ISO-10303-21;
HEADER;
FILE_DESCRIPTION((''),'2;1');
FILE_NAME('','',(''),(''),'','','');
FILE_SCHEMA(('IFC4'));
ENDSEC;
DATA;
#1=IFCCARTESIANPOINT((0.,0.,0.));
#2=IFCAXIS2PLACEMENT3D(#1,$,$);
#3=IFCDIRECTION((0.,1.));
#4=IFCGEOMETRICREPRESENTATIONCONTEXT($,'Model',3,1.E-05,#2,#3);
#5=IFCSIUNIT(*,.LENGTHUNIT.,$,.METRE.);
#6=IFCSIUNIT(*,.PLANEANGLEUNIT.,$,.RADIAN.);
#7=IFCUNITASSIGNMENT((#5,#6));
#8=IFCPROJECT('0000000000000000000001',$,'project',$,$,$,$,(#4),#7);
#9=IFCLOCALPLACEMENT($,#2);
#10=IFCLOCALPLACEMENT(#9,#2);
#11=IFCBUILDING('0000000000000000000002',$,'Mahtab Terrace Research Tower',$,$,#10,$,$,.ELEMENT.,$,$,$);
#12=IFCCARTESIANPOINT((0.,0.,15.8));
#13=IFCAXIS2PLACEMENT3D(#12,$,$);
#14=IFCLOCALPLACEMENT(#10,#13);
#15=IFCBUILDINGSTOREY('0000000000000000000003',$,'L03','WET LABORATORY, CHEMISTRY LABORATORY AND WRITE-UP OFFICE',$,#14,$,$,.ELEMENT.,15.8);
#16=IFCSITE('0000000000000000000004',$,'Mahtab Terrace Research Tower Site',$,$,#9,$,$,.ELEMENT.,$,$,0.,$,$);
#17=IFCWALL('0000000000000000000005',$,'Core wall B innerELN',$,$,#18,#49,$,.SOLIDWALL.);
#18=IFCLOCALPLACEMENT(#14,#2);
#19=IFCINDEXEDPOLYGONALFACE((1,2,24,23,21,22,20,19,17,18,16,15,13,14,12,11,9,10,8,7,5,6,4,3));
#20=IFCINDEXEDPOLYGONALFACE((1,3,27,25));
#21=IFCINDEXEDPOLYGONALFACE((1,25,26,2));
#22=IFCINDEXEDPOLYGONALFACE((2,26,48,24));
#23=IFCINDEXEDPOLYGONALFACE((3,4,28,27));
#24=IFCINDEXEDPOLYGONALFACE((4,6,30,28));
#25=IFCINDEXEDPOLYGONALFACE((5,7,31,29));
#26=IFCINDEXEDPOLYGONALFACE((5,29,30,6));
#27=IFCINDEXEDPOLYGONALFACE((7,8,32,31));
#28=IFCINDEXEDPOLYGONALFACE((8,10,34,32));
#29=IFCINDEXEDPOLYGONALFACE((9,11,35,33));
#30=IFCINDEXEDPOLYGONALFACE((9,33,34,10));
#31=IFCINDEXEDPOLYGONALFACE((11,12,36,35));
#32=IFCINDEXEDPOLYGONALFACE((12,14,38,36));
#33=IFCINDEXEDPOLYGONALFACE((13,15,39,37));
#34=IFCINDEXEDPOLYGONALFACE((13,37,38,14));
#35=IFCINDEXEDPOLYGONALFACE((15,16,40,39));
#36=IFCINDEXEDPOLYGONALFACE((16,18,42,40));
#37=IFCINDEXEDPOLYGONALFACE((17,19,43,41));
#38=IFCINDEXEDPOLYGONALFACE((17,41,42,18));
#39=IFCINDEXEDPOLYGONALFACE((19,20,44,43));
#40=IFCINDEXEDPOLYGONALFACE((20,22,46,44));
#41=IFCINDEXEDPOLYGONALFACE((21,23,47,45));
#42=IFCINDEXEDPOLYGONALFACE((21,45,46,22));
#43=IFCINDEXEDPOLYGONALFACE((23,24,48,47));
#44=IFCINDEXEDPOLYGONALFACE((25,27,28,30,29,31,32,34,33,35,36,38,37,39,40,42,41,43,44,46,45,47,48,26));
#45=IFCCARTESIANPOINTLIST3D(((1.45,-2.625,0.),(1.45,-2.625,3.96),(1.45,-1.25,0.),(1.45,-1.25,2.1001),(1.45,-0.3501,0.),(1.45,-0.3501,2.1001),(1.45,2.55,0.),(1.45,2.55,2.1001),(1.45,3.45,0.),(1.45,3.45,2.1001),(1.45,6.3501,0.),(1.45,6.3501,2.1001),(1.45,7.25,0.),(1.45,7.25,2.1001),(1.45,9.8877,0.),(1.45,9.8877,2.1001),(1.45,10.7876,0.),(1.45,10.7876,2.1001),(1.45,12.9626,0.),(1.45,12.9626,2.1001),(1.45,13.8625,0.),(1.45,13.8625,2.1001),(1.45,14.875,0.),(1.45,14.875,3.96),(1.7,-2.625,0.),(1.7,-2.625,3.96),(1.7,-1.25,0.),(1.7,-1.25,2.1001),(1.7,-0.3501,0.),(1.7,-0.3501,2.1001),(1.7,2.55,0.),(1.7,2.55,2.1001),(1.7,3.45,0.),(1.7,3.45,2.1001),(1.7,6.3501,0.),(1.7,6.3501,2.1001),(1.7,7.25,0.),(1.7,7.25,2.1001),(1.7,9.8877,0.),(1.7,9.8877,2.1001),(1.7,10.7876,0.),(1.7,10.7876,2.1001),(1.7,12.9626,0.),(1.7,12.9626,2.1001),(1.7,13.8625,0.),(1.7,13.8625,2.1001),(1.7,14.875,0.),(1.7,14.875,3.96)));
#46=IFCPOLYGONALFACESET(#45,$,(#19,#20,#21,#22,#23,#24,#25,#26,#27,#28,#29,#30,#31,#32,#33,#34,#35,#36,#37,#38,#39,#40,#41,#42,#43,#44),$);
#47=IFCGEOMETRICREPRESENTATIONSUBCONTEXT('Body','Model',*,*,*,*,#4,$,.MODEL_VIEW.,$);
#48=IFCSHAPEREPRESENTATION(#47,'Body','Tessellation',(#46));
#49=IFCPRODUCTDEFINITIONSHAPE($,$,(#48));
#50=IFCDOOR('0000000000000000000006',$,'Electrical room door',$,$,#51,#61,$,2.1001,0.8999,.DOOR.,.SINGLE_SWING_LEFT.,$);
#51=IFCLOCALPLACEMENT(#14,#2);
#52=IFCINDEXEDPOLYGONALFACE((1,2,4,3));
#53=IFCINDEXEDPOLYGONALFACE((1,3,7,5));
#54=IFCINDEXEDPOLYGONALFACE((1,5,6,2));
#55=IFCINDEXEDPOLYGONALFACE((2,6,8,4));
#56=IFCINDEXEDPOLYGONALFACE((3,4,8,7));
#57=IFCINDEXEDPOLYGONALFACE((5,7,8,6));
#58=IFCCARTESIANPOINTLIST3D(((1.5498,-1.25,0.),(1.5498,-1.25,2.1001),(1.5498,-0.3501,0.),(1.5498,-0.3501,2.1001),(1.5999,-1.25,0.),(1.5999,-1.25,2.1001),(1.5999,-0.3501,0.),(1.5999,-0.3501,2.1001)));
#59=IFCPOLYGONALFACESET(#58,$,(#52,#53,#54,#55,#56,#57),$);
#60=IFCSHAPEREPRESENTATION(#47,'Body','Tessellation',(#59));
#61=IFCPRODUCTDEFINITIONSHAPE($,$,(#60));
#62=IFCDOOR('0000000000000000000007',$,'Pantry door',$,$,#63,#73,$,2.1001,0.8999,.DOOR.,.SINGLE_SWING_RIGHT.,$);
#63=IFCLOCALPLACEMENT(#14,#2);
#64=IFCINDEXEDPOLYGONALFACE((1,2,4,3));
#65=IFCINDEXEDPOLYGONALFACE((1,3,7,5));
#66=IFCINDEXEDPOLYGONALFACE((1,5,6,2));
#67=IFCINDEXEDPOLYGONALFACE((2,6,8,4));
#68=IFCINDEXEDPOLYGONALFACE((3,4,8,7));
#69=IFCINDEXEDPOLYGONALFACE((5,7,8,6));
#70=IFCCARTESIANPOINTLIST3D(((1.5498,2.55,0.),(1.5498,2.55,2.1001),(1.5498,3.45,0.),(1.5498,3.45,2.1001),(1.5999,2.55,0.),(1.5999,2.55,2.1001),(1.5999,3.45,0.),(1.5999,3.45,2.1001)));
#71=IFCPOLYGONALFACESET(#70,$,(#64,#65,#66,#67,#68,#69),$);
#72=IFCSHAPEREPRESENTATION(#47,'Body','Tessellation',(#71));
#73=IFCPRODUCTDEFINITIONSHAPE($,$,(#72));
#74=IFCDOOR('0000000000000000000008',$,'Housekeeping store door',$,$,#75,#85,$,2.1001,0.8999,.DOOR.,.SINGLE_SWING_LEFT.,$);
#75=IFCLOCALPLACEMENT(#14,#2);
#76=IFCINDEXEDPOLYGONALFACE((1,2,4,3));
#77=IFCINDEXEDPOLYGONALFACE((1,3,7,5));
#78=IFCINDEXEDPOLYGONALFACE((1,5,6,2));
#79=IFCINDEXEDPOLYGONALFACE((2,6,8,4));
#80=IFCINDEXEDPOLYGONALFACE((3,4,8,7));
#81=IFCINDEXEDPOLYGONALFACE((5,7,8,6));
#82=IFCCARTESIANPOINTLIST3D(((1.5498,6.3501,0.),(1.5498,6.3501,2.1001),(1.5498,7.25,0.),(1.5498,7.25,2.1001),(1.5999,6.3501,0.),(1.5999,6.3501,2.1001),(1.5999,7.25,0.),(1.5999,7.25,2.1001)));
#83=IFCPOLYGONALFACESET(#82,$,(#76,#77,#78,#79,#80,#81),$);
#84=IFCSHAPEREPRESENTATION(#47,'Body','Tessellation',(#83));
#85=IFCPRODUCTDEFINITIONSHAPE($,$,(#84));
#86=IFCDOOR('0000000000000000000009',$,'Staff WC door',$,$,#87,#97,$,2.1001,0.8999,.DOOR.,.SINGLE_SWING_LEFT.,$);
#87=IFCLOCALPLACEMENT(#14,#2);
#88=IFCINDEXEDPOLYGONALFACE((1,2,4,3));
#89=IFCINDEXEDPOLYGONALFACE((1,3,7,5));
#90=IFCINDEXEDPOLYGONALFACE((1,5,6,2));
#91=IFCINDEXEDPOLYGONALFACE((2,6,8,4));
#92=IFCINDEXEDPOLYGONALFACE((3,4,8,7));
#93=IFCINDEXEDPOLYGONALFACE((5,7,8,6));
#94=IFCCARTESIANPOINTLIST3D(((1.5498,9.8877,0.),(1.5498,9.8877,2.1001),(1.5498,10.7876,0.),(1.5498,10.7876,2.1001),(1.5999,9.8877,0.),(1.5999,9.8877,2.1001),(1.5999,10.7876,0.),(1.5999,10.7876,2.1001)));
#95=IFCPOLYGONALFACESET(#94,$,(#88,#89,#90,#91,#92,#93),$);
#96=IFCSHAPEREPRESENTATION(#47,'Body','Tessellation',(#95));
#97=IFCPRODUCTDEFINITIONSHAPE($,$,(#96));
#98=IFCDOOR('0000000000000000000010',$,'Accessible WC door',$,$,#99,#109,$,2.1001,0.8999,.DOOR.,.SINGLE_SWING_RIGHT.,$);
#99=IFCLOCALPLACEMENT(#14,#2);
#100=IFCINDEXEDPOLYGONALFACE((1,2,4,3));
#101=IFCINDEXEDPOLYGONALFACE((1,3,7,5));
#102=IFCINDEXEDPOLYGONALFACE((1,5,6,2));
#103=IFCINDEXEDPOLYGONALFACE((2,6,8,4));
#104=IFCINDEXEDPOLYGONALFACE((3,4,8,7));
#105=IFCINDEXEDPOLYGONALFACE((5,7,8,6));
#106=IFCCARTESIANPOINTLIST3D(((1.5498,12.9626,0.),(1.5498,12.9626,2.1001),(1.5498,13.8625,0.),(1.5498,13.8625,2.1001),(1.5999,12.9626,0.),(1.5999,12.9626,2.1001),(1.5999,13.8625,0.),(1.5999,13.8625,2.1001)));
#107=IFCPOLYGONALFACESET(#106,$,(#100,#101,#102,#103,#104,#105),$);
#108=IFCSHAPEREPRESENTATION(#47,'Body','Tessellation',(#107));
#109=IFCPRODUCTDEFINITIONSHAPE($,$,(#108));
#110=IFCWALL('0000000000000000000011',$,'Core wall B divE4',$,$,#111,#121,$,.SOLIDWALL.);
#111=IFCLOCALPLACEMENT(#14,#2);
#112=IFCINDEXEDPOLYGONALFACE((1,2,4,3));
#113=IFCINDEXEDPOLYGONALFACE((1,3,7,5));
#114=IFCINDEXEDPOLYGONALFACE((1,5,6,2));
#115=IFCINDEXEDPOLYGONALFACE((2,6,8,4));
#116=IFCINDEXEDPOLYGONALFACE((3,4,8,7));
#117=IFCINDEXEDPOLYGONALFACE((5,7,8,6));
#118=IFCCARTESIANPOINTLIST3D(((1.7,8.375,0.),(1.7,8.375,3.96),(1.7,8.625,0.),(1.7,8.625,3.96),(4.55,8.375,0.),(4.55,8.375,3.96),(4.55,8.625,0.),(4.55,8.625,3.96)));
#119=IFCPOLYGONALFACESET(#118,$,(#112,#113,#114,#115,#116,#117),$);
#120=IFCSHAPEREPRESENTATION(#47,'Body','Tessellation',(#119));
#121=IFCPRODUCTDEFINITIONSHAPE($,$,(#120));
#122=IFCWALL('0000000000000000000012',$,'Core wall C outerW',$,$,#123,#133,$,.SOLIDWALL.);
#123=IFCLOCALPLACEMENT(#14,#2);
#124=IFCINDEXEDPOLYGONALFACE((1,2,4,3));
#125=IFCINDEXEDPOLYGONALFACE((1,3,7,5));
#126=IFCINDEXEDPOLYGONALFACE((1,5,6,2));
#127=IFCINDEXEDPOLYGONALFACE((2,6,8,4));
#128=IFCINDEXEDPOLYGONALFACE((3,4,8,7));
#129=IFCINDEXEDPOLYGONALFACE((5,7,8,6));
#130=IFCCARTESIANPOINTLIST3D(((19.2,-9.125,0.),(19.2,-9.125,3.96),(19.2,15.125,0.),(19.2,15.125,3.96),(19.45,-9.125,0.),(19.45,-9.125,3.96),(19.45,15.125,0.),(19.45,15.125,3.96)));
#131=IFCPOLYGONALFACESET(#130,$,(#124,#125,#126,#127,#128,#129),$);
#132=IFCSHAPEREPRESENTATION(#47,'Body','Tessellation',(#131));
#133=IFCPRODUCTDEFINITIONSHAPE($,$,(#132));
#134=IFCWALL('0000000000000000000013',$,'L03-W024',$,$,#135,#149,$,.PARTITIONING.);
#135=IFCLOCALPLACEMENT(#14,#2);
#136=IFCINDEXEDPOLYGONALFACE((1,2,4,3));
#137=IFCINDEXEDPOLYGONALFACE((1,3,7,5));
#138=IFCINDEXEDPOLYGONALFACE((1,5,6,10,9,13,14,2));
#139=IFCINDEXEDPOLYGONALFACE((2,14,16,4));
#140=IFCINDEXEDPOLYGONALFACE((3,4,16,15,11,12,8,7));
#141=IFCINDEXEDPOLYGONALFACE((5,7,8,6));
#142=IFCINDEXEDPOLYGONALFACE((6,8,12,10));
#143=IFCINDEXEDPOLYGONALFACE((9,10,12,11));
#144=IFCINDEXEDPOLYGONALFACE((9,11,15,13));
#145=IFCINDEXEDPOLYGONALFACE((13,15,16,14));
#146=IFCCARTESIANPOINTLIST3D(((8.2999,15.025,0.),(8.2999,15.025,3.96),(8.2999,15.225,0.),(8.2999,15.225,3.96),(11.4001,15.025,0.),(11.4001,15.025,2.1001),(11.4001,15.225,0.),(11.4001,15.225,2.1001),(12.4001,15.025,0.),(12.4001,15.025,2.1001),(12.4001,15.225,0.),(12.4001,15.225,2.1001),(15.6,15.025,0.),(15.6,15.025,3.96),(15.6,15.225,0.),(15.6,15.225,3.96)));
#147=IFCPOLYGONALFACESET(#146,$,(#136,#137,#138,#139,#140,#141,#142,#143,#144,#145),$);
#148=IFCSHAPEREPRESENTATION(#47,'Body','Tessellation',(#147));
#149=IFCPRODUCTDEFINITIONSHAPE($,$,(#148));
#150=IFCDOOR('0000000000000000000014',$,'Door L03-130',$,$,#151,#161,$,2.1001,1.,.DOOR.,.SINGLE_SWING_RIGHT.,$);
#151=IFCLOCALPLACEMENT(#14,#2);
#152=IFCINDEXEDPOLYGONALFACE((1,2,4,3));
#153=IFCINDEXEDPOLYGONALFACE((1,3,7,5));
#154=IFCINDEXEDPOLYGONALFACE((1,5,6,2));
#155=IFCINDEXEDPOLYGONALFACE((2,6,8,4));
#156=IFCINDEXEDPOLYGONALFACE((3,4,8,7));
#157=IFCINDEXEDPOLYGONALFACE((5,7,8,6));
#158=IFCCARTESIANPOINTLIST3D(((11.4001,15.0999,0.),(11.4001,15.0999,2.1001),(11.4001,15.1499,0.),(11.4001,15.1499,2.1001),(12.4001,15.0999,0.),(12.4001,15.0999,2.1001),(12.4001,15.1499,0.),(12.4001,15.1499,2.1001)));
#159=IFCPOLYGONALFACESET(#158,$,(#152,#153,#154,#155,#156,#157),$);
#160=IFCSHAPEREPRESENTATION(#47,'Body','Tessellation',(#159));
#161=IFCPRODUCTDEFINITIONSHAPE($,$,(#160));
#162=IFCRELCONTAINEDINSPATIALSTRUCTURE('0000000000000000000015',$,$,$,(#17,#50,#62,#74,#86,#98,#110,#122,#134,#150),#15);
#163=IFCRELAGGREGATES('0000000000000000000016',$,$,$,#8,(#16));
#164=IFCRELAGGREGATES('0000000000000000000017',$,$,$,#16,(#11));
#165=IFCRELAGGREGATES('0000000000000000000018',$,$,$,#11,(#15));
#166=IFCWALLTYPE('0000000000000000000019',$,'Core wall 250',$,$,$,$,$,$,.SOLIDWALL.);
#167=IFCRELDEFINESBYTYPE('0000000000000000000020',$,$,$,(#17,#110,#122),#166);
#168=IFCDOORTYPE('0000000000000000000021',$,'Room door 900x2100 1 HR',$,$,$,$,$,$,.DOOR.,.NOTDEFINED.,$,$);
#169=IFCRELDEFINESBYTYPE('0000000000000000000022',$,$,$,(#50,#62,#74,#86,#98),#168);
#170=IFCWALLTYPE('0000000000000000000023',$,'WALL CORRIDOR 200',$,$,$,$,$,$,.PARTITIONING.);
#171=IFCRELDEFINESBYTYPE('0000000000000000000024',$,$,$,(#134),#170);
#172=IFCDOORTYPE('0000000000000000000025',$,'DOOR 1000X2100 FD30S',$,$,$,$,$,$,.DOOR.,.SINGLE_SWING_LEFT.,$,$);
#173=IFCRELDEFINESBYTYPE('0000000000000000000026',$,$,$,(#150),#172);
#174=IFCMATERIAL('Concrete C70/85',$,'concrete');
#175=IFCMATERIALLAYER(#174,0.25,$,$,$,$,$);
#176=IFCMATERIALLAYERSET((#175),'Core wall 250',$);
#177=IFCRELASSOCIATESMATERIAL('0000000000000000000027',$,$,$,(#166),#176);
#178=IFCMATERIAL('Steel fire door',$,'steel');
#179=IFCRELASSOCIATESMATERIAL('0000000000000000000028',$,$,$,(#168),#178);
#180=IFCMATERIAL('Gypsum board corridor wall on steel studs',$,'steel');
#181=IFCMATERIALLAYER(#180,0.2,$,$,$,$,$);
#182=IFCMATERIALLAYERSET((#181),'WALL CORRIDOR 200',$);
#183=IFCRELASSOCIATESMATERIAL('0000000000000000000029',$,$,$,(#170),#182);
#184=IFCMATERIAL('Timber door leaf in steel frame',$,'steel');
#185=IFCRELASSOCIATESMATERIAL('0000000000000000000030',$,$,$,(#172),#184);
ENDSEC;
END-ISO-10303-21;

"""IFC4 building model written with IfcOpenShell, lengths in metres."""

from ifc_helpers import new_model, si_unit, direction, frame, frame_2d, origin, place, context, subcontext, project, spatial, rectangle, extrude, material, layer, layer_set, type_object, element, fill, save


model = new_model("IFC4")

# Units and contexts
model_context = context("Model", 3, precision=1e-05, world=origin(), true_north=direction((0.0, 1.0)))
body_context = subcontext(model_context, "Body", "Model", "MODEL_VIEW")
ifc_project = project(units=[si_unit("LENGTHUNIT", "METRE"), si_unit("PLANEANGLEUNIT", "RADIAN")], contexts=[model_context])

# Site, building, storey
site_placement = place(None, origin())
site = spatial("IfcSite", under=ifc_project, at=site_placement, Name="Mahtab Terrace Research Tower Site", CompositionType="ELEMENT", RefElevation=0.0)
building_placement = place(site_placement, origin())
building = spatial("IfcBuilding", under=site, at=building_placement, Name="Mahtab Terrace Research Tower", CompositionType="ELEMENT")
storey_placement = place(building_placement, frame((0.0, 0.0, 15.8)))
storey = spatial("IfcBuildingStorey", under=building, at=storey_placement, Name="L03", Description="WET LABORATORY, CHEMISTRY LABORATORY AND WRITE-UP OFFICE", CompositionType="ELEMENT", Elevation=15.8)

# Shared definitions
ifc_material_1 = material(Name="Concrete C70/85", Category="concrete")

# Wall, openings, doors
ifc_layer_1 = layer(ifc_material_1, 0.25)
ifc_layer_set_1 = layer_set([ifc_layer_1], Name="Core wall 250")
wall_type_1 = type_object("IfcWallType", Name="Core wall 250", PredefinedType="SOLIDWALL", material=ifc_layer_set_1)
wall_1_placement = place(storey_placement, frame((1.575, 14.875, 0.0), z_axis=(0.0, 0.0, 1.0), x_axis=(0.0, -1.0, 0.0)))
wall_1 = element("IfcWall", 1, at=wall_1_placement, inside=storey, type_object=wall_type_1, Name="Core wall B innerELN", PredefinedType="SOLIDWALL", context=body_context, shape_type="SweptSolid", body=[
    extrude(rectangle(XDim=17.5, YDim=0.25, at=frame_2d((8.75, 0.0))), origin(), (0.0, 0.0, 1.0), 3.96),
])
opening_1_placement = place(wall_1_placement, frame((15.2251, 0.0, 0.0)))
opening_1 = element("IfcOpeningElement", 2, at=opening_1_placement, cuts=wall_1, PredefinedType="OPENING", context=body_context, shape_type="SweptSolid", body=[
    extrude(rectangle(XDim=0.8999, YDim=2.1001, at=frame_2d((0.45, 1.05))), frame((0.0, 0.135, 0.0), z_axis=(0.0, -1.0, 0.0), x_axis=(1.0, 0.0, 0.0)), (0.0, 0.0, 1.0), 0.27),
])
opening_2_placement = place(wall_1_placement, frame((11.425, 0.0, 0.0)))
opening_2 = element("IfcOpeningElement", 3, at=opening_2_placement, cuts=wall_1, PredefinedType="OPENING", context=body_context, shape_type="SweptSolid", body=[
    extrude(rectangle(XDim=0.8999, YDim=2.1001, at=frame_2d((0.45, 1.05))), frame((0.0, 0.135, 0.0), z_axis=(0.0, -1.0, 0.0), x_axis=(1.0, 0.0, 0.0)), (0.0, 0.0, 1.0), 0.27),
])
opening_3_placement = place(wall_1_placement, frame((7.625, 0.0, 0.0)))
opening_3 = element("IfcOpeningElement", 4, at=opening_3_placement, cuts=wall_1, PredefinedType="OPENING", context=body_context, shape_type="SweptSolid", body=[
    extrude(rectangle(XDim=0.8999, YDim=2.1001, at=frame_2d((0.45, 1.05))), frame((0.0, 0.135, 0.0), z_axis=(0.0, -1.0, 0.0), x_axis=(1.0, 0.0, 0.0)), (0.0, 0.0, 1.0), 0.27),
])
opening_4_placement = place(wall_1_placement, frame((4.0874, 0.0, 0.0)))
opening_4 = element("IfcOpeningElement", 5, at=opening_4_placement, cuts=wall_1, PredefinedType="OPENING", context=body_context, shape_type="SweptSolid", body=[
    extrude(rectangle(XDim=0.8999, YDim=2.1001, at=frame_2d((0.45, 1.05))), frame((0.0, 0.135, 0.0), z_axis=(0.0, -1.0, 0.0), x_axis=(1.0, 0.0, 0.0)), (0.0, 0.0, 1.0), 0.27),
])
opening_5_placement = place(wall_1_placement, frame((1.0125, 0.0, 0.0)))
opening_5 = element("IfcOpeningElement", 6, at=opening_5_placement, cuts=wall_1, PredefinedType="OPENING", context=body_context, shape_type="SweptSolid", body=[
    extrude(rectangle(XDim=0.8999, YDim=2.1001, at=frame_2d((0.45, 1.05))), frame((0.0, 0.135, 0.0), z_axis=(0.0, -1.0, 0.0), x_axis=(1.0, 0.0, 0.0)), (0.0, 0.0, 1.0), 0.27),
])
ifc_material_2 = material(Name="Steel fire door", Category="steel")
door_type_1 = type_object("IfcDoorType", Name="Room door 900x2100 1 HR", OperationType="NOTDEFINED", PredefinedType="DOOR", material=ifc_material_2)
door_1_placement = place(opening_1_placement, origin())
door_1 = element("IfcDoor", 7, at=door_1_placement, inside=storey, type_object=door_type_1, Name="Electrical room door", OperationType="SINGLE_SWING_LEFT", OverallHeight=2.1001, OverallWidth=0.8999, PredefinedType="DOOR", context=body_context, shape_type="SweptSolid", body=[
    extrude(rectangle(XDim=0.8999, YDim=2.1001, at=frame_2d((0.45, 1.05))), frame((0.0, 0.0249, 0.0), z_axis=(0.0, -1.0, 0.0), x_axis=(1.0, 0.0, 0.0)), (0.0, 0.0, 1.0), 0.05),
])
fill(opening_1, door_1)
door_2_placement = place(opening_2_placement, origin())
door_2 = element("IfcDoor", 8, at=door_2_placement, inside=storey, type_object=door_type_1, Name="Pantry door", OperationType="SINGLE_SWING_RIGHT", OverallHeight=2.1001, OverallWidth=0.8999, PredefinedType="DOOR", context=body_context, shape_type="SweptSolid", body=[
    extrude(rectangle(XDim=0.8999, YDim=2.1001, at=frame_2d((0.45, 1.05))), frame((0.0, 0.0249, 0.0), z_axis=(0.0, -1.0, 0.0), x_axis=(1.0, 0.0, 0.0)), (0.0, 0.0, 1.0), 0.05),
])
fill(opening_2, door_2)
door_3_placement = place(opening_3_placement, origin())
door_3 = element("IfcDoor", 9, at=door_3_placement, inside=storey, type_object=door_type_1, Name="Housekeeping store door", OperationType="SINGLE_SWING_LEFT", OverallHeight=2.1001, OverallWidth=0.8999, PredefinedType="DOOR", context=body_context, shape_type="SweptSolid", body=[
    extrude(rectangle(XDim=0.8999, YDim=2.1001, at=frame_2d((0.45, 1.05))), frame((0.0, 0.0249, 0.0), z_axis=(0.0, -1.0, 0.0), x_axis=(1.0, 0.0, 0.0)), (0.0, 0.0, 1.0), 0.05),
])
fill(opening_3, door_3)
door_4_placement = place(opening_4_placement, origin())
door_4 = element("IfcDoor", 10, at=door_4_placement, inside=storey, type_object=door_type_1, Name="Staff WC door", OperationType="SINGLE_SWING_LEFT", OverallHeight=2.1001, OverallWidth=0.8999, PredefinedType="DOOR", context=body_context, shape_type="SweptSolid", body=[
    extrude(rectangle(XDim=0.8999, YDim=2.1001, at=frame_2d((0.45, 1.05))), frame((0.0, 0.0249, 0.0), z_axis=(0.0, -1.0, 0.0), x_axis=(1.0, 0.0, 0.0)), (0.0, 0.0, 1.0), 0.05),
])
fill(opening_4, door_4)
door_5_placement = place(opening_5_placement, origin())
door_5 = element("IfcDoor", 11, at=door_5_placement, inside=storey, type_object=door_type_1, Name="Accessible WC door", OperationType="SINGLE_SWING_RIGHT", OverallHeight=2.1001, OverallWidth=0.8999, PredefinedType="DOOR", context=body_context, shape_type="SweptSolid", body=[
    extrude(rectangle(XDim=0.8999, YDim=2.1001, at=frame_2d((0.45, 1.05))), frame((0.0, 0.0249, 0.0), z_axis=(0.0, -1.0, 0.0), x_axis=(1.0, 0.0, 0.0)), (0.0, 0.0, 1.0), 0.05),
])
fill(opening_5, door_5)

# Walls
wall_2_placement = place(storey_placement, frame((1.7, 8.5, 0.0), z_axis=(0.0, 0.0, 1.0), x_axis=(1.0, 0.0, 0.0)))
element("IfcWall", 12, at=wall_2_placement, inside=storey, type_object=wall_type_1, Name="Core wall B divE4", PredefinedType="SOLIDWALL", context=body_context, shape_type="SweptSolid", body=[
    extrude(rectangle(XDim=2.8501, YDim=0.25, at=frame_2d((1.425, 0.0))), origin(), (0.0, 0.0, 1.0), 3.96),
])
wall_3_placement = place(storey_placement, frame((19.325, 15.125, 0.0), z_axis=(0.0, 0.0, 1.0), x_axis=(0.0, -1.0, 0.0)))
element("IfcWall", 13, at=wall_3_placement, inside=storey, type_object=wall_type_1, Name="Core wall C outerW", PredefinedType="SOLIDWALL", context=body_context, shape_type="SweptSolid", body=[
    extrude(rectangle(XDim=24.25, YDim=0.25, at=frame_2d((12.125, 0.0))), origin(), (0.0, 0.0, 1.0), 3.96),
])

# Wall, opening, door
ifc_material_3 = material(Name="Gypsum board corridor wall on steel studs", Category="steel")
ifc_layer_2 = layer(ifc_material_3, 0.2)
ifc_layer_set_2 = layer_set([ifc_layer_2], Name="WALL CORRIDOR 200")
wall_type_2 = type_object("IfcWallType", Name="WALL CORRIDOR 200", PredefinedType="PARTITIONING", material=ifc_layer_set_2)
wall_4_placement = place(storey_placement, frame((8.3, 15.125, 0.0), z_axis=(0.0, 0.0, 1.0), x_axis=(1.0, 0.0, 0.0)))
wall_4 = element("IfcWall", 14, at=wall_4_placement, inside=storey, type_object=wall_type_2, Name="L03-W024", PredefinedType="PARTITIONING", context=body_context, shape_type="SweptSolid", body=[
    extrude(rectangle(XDim=7.3, YDim=0.2, at=frame_2d((3.6499, 0.0))), origin(), (0.0, 0.0, 1.0), 3.96),
])
opening_6_placement = place(wall_4_placement, frame((3.1001, 0.0, 0.0)))
opening_6 = element("IfcOpeningElement", 15, at=opening_6_placement, cuts=wall_4, PredefinedType="OPENING", context=body_context, shape_type="SweptSolid", body=[
    extrude(rectangle(XDim=1.0, YDim=2.1001, at=frame_2d((0.5, 1.05))), frame((0.0, 0.1099, 0.0), z_axis=(0.0, -1.0, 0.0), x_axis=(1.0, 0.0, 0.0)), (0.0, 0.0, 1.0), 0.22),
])
ifc_material_4 = material(Name="Timber door leaf in steel frame", Category="steel")
door_type_2 = type_object("IfcDoorType", Name="DOOR 1000X2100 FD30S", OperationType="SINGLE_SWING_LEFT", PredefinedType="DOOR", material=ifc_material_4)
door_6_placement = place(opening_6_placement, origin())
door_6 = element("IfcDoor", 16, at=door_6_placement, inside=storey, type_object=door_type_2, Name="Door L03-130", OperationType="SINGLE_SWING_RIGHT", OverallHeight=2.1001, OverallWidth=1.0, PredefinedType="DOOR", context=body_context, shape_type="SweptSolid", body=[
    extrude(rectangle(XDim=1.0, YDim=2.1001, at=frame_2d((0.5, 1.05))), frame((0.0, 0.0249, 0.0), z_axis=(0.0, -1.0, 0.0), x_axis=(1.0, 0.0, 0.0)), (0.0, 0.0, 1.0), 0.05),
])
fill(opening_6, door_6)

save(model, "model.ifc")
